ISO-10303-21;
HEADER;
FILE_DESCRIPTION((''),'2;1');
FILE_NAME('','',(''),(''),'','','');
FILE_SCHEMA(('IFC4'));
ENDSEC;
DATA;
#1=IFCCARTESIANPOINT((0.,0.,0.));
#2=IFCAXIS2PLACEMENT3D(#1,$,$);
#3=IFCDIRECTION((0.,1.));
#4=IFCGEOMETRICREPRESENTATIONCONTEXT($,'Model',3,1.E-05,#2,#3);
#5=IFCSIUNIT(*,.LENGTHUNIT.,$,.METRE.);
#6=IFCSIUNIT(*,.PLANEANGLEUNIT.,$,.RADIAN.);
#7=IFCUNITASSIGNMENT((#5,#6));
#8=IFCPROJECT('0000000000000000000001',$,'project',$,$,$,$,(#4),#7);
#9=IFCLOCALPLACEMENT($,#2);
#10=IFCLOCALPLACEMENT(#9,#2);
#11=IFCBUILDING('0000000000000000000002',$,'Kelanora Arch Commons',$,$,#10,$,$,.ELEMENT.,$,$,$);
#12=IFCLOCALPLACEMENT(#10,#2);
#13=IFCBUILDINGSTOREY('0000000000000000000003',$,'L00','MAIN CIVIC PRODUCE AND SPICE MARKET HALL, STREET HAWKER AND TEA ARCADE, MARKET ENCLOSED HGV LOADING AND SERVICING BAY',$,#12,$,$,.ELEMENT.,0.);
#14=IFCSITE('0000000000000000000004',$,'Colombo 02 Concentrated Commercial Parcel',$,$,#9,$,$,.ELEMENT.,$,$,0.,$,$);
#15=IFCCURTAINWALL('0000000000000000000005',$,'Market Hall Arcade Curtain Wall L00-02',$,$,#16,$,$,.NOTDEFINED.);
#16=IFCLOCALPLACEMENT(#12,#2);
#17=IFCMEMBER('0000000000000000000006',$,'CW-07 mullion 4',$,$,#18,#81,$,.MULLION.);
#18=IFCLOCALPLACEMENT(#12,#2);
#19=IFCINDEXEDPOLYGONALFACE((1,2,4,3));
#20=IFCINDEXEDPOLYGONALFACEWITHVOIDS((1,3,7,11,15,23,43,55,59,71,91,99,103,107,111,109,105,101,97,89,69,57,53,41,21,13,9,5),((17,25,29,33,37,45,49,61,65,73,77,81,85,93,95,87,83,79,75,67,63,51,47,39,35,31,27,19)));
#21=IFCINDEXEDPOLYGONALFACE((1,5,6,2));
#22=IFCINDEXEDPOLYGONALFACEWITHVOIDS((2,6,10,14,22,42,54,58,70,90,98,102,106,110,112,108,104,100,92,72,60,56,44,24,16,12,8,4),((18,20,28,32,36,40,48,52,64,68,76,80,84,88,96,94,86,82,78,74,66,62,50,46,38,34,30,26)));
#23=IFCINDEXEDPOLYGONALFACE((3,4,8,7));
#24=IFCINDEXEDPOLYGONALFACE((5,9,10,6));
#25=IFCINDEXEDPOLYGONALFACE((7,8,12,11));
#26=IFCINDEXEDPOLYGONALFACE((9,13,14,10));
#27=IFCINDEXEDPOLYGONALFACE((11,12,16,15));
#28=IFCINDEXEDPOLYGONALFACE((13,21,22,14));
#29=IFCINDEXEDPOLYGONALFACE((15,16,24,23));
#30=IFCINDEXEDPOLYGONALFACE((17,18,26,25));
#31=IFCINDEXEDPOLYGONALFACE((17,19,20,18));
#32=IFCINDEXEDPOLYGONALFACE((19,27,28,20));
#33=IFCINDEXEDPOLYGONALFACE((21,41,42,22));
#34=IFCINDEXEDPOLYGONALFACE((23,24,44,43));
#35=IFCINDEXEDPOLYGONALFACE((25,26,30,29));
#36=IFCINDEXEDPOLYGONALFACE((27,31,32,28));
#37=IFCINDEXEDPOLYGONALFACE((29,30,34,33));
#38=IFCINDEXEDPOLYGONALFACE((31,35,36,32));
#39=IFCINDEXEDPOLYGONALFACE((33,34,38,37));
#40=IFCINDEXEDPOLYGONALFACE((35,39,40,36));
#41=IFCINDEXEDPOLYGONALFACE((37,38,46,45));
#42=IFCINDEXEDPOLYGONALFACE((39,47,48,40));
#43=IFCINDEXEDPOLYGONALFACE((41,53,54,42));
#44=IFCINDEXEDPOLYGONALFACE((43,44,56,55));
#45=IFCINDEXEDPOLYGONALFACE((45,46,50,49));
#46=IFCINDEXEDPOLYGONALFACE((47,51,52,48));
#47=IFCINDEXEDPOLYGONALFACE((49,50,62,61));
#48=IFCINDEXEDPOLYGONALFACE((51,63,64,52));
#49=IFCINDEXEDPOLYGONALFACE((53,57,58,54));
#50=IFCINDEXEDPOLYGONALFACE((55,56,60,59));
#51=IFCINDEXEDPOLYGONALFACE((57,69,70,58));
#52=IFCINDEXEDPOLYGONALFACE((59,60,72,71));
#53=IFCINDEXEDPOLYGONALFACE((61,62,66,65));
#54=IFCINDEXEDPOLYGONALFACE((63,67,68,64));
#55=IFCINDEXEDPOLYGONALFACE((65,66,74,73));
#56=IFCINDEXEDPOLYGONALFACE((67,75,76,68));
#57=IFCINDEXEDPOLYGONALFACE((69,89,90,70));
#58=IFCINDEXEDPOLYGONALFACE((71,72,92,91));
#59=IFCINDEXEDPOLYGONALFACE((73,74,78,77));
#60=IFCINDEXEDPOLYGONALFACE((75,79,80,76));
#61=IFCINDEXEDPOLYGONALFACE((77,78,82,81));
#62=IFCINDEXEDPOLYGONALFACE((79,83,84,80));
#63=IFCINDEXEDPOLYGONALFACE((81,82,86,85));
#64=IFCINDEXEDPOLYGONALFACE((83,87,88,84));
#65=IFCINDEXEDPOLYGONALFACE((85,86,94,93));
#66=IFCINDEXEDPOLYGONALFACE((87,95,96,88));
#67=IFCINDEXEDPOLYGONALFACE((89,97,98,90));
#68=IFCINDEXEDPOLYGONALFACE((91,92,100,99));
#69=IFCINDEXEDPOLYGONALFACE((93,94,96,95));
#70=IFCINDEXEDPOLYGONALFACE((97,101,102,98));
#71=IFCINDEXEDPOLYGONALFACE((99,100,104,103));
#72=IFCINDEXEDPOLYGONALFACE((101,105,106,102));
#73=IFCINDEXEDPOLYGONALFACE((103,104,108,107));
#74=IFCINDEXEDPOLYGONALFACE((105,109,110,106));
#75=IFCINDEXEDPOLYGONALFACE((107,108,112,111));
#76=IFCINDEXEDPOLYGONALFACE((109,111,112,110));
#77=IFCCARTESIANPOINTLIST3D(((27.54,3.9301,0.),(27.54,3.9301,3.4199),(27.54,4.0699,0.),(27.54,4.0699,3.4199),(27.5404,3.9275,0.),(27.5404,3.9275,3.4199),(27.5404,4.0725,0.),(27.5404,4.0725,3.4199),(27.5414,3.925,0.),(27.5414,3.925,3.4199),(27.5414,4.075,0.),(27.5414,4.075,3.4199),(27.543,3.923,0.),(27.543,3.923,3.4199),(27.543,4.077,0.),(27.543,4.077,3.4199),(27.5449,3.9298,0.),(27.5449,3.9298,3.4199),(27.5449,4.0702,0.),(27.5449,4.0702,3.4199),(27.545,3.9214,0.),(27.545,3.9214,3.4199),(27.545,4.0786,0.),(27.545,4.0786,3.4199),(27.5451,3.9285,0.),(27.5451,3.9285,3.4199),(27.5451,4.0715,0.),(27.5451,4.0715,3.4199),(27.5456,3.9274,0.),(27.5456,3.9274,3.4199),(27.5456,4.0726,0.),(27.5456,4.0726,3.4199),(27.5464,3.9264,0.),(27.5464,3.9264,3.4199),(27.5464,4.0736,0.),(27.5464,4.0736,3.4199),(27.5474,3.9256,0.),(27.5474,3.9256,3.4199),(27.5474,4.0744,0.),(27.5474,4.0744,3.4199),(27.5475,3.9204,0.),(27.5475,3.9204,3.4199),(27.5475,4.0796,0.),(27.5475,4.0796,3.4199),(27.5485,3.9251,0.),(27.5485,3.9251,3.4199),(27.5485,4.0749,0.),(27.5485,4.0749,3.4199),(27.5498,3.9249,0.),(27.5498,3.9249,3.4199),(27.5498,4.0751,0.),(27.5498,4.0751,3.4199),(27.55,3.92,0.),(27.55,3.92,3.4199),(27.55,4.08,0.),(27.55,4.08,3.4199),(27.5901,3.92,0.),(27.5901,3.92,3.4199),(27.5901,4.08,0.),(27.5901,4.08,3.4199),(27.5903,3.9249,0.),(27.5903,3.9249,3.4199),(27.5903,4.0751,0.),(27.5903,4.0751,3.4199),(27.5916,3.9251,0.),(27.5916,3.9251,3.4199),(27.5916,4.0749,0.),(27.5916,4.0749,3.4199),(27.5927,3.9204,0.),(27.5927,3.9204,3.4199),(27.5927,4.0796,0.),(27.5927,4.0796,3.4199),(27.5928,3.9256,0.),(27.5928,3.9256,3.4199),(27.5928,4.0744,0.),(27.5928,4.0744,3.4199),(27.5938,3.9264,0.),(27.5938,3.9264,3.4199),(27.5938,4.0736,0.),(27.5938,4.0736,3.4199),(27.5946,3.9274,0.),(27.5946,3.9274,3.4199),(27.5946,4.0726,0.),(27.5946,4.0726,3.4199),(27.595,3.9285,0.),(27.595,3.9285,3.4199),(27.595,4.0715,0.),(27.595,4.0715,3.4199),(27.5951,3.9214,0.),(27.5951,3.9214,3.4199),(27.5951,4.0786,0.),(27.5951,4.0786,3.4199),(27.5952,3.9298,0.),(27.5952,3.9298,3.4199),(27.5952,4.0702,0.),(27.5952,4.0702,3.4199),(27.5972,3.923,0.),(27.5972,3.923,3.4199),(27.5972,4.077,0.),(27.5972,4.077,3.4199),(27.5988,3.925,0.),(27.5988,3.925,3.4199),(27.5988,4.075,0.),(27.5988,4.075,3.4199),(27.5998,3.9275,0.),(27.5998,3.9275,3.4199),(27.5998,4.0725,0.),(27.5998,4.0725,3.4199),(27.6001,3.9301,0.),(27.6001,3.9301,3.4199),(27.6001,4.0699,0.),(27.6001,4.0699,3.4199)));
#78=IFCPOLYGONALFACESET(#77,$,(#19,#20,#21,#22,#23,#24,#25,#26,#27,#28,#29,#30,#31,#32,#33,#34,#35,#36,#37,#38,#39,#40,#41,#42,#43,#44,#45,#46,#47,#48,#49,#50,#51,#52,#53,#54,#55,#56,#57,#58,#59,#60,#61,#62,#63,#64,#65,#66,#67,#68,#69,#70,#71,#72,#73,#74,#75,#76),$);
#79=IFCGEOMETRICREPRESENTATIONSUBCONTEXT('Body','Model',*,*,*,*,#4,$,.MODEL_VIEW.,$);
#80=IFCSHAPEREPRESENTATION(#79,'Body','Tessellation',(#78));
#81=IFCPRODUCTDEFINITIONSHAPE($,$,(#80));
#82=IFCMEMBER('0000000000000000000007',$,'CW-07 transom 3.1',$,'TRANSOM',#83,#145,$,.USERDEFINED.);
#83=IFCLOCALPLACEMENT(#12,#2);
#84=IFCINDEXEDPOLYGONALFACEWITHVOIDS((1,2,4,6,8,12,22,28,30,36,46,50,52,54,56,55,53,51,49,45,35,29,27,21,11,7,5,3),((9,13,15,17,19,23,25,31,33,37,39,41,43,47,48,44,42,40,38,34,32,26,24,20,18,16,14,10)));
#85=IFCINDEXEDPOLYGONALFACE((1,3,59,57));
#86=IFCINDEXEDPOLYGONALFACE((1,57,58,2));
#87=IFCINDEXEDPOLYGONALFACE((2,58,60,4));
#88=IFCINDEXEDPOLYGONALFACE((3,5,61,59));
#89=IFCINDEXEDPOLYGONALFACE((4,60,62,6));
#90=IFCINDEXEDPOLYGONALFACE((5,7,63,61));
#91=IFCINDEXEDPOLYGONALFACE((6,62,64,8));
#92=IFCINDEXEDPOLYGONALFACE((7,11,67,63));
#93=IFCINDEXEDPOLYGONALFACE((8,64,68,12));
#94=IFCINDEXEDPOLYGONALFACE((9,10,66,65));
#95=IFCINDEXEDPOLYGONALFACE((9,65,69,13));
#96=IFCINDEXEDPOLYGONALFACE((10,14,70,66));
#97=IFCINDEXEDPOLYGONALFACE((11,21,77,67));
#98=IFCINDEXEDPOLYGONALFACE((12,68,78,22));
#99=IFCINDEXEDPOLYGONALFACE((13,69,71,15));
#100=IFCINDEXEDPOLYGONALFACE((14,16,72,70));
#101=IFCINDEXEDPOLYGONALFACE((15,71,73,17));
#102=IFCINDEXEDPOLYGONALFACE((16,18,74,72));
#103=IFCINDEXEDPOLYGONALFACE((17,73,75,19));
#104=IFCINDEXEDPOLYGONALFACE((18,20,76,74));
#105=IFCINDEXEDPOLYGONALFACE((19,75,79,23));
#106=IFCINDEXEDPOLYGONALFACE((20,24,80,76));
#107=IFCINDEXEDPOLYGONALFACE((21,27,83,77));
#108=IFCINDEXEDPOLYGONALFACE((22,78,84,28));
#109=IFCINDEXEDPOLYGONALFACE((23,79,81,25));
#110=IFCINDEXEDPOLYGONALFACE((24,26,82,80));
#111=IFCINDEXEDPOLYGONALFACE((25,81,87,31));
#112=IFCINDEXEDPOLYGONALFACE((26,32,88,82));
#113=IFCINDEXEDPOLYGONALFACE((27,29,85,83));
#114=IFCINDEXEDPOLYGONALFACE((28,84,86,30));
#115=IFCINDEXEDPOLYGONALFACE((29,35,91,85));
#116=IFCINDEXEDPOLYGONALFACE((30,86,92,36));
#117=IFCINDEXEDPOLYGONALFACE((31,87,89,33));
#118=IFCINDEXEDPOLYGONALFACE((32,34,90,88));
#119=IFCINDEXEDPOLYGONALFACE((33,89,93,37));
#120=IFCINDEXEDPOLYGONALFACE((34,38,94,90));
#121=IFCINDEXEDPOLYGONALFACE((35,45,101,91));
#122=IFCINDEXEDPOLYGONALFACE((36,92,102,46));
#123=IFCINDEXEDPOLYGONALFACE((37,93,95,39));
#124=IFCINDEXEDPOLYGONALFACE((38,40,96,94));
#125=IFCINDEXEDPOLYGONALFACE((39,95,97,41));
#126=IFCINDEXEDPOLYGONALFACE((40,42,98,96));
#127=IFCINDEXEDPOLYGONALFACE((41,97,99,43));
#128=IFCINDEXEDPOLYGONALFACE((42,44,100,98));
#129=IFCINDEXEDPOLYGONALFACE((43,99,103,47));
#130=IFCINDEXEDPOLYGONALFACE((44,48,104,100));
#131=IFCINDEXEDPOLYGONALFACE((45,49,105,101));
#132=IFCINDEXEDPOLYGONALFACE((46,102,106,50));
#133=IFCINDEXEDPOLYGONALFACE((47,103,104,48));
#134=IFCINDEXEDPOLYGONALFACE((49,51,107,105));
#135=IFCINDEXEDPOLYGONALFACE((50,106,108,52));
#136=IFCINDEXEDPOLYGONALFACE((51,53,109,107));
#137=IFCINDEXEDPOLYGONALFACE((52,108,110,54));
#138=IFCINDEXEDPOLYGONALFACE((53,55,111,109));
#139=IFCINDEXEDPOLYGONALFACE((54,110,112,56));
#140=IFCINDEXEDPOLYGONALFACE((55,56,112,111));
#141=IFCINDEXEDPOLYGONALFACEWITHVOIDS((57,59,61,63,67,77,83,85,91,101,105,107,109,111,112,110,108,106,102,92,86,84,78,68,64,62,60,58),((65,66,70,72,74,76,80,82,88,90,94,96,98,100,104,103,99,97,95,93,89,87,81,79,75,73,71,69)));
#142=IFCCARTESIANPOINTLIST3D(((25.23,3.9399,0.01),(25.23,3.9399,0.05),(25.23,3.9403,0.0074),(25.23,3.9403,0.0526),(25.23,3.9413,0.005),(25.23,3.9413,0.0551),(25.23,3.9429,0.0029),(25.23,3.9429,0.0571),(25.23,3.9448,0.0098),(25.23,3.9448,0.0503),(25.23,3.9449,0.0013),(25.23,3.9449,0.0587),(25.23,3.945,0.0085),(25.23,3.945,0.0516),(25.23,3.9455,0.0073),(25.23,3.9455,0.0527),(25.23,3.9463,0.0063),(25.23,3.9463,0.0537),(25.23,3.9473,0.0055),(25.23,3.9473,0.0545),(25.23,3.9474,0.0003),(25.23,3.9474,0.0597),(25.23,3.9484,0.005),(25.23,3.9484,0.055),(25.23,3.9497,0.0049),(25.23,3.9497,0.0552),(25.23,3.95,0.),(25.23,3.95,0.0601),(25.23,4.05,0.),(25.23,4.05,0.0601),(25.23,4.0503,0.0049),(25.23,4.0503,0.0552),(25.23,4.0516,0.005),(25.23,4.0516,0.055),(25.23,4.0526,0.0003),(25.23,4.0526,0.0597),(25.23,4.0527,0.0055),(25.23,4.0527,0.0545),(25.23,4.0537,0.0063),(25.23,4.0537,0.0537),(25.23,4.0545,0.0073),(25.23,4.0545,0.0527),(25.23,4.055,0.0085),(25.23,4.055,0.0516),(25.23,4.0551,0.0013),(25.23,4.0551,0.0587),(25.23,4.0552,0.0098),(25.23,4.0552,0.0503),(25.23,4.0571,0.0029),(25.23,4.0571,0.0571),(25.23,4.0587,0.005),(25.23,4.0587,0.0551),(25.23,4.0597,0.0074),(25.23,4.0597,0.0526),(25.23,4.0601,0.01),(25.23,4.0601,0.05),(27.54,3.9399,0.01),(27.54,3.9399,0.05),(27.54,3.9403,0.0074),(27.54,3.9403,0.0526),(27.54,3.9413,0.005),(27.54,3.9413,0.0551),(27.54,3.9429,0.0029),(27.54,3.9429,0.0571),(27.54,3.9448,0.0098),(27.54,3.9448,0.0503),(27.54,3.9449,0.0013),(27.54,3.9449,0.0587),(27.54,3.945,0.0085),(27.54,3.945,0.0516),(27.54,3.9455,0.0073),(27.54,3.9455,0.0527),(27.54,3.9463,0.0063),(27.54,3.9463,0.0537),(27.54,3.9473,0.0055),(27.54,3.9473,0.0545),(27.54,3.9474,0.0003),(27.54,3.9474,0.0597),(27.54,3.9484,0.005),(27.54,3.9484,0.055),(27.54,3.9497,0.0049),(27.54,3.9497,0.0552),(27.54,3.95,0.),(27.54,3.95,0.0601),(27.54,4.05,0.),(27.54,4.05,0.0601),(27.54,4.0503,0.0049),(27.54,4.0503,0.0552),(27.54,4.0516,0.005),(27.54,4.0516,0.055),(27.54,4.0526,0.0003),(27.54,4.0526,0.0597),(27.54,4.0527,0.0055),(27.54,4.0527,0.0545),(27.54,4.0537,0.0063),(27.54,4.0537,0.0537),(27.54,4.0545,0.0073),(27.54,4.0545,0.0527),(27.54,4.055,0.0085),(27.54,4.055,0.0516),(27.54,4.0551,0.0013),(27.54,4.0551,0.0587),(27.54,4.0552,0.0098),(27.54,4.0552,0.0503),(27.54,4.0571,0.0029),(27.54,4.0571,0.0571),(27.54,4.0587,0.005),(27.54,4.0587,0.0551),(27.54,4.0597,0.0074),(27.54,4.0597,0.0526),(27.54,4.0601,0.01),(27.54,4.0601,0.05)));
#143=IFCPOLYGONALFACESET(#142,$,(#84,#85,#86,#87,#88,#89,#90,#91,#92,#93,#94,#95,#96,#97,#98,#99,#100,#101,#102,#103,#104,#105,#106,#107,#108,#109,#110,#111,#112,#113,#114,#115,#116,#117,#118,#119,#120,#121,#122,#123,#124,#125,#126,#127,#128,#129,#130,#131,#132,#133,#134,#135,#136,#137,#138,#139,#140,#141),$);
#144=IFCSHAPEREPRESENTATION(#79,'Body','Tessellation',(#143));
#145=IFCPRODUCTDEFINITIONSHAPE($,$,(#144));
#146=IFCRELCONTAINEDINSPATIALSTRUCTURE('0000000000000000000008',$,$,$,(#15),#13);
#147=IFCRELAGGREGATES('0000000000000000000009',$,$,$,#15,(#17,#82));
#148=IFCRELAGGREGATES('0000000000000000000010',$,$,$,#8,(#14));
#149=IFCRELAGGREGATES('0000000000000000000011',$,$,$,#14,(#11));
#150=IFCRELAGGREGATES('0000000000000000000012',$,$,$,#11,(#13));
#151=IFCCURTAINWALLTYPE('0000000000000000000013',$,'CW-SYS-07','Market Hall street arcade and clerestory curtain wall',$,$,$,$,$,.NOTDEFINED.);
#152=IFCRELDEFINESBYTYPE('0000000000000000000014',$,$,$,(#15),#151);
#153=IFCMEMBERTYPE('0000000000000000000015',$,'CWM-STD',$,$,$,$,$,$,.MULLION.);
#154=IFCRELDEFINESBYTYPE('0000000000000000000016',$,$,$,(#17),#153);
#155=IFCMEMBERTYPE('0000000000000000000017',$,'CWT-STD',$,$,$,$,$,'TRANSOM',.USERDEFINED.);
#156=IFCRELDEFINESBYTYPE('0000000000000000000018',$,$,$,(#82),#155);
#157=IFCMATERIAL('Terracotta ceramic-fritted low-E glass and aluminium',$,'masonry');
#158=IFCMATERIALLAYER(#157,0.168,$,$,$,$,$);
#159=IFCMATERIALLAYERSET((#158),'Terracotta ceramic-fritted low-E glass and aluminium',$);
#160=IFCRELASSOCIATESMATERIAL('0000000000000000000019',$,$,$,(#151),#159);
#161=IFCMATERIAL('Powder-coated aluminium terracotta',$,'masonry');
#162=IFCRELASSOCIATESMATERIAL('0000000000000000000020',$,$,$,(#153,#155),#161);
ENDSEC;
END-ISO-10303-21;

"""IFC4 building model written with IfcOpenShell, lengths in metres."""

from ifc_helpers import new_model, si_unit, direction, frame, origin, origin_2d, place, context, subcontext, project, spatial, hollow_rectangle, extrude, material, layer, layer_set, material_profile, profile_set, type_object, element, aggregate, save


model = new_model("IFC4")

# Units and contexts
model_context = context("Model", 3, precision=1e-05, world=origin(), true_north=direction((0.0, 1.0)))
body_context = subcontext(model_context, "Body", "Model", "MODEL_VIEW")
ifc_project = project(units=[si_unit("LENGTHUNIT", "METRE"), si_unit("PLANEANGLEUNIT", "RADIAN")], contexts=[model_context])

# Site, building, storey
site_placement = place(None, origin())
site = spatial("IfcSite", under=ifc_project, at=site_placement, Name="Colombo 02 Concentrated Commercial Parcel", CompositionType="ELEMENT", RefElevation=0.0)
building_placement = place(site_placement, origin())
building = spatial("IfcBuilding", under=site, at=building_placement, Name="Kelanora Arch Commons", CompositionType="ELEMENT")
storey_placement = place(building_placement, origin())
storey = spatial("IfcBuildingStorey", under=building, at=storey_placement, Name="L00", Description="MAIN CIVIC PRODUCE AND SPICE MARKET HALL, STREET HAWKER AND TEA ARCADE, MARKET ENCLOSED HGV LOADING AND SERVICING BAY", CompositionType="ELEMENT", Elevation=0.0)

# Curtain wall, members
ifc_material_1 = material(Name="Terracotta ceramic-fritted low-E glass and aluminium", Category="masonry")
ifc_layer_1 = layer(ifc_material_1, 0.168)
ifc_layer_set_1 = layer_set([ifc_layer_1], Name="Terracotta ceramic-fritted low-E glass and aluminium")
curtain_wall_type = type_object("IfcCurtainWallType", Name="CW-SYS-07", Description="Market Hall street arcade and clerestory curtain wall", PredefinedType="NOTDEFINED", material=ifc_layer_set_1)
curtain_wall_placement = place(storey_placement, origin())
curtain_wall = element("IfcCurtainWall", 1, at=curtain_wall_placement, inside=storey, type_object=curtain_wall_type, Name="Market Hall Arcade Curtain Wall L00-02", PredefinedType="NOTDEFINED")
ifc_material_2 = material(Name="Powder-coated aluminium terracotta", Category="masonry")
ifc_material_profile_1 = material_profile(ifc_material_2, hollow_rectangle(XDim=0.1599, YDim=0.0601, WallThickness=0.0049, InnerFilletRadius=0.0049, OuterFilletRadius=0.01, at=origin_2d()), Name="CWM160x60")
ifc_profile_set_1 = profile_set([ifc_material_profile_1], Name="Powder-coated aluminium terracotta")
member_type_1 = type_object("IfcMemberType", Name="CWM-STD", PredefinedType="MULLION", material=ifc_profile_set_1)
member_1_placement = place(storey_placement, frame((27.5701, 4.0, 0.0), z_axis=(0.0, 0.0, 1.0), x_axis=(0.0, 1.0, 0.0)))
member_1 = element("IfcMember", 2, at=member_1_placement, type_object=member_type_1, Name="CW-07 mullion 4", PredefinedType="MULLION", context=body_context, shape_type="SweptSolid", body=[
    extrude(hollow_rectangle(XDim=0.1599, YDim=0.0601, WallThickness=0.0049, InnerFilletRadius=0.0049, OuterFilletRadius=0.01, at=origin_2d()), origin(), (0.0, 0.0, 1.0), 3.4199),
])
ifc_material_profile_2 = material_profile(ifc_material_2, hollow_rectangle(XDim=0.1201, YDim=0.0601, WallThickness=0.0049, InnerFilletRadius=0.0049, OuterFilletRadius=0.01, at=origin_2d()), Name="CWT120x60")
ifc_profile_set_2 = profile_set([ifc_material_profile_2], Name="Powder-coated aluminium terracotta")
member_type_2 = type_object("IfcMemberType", Name="CWT-STD", ElementType="TRANSOM", PredefinedType="USERDEFINED", material=ifc_profile_set_2)
member_2_placement = place(storey_placement, frame((25.23, 4.0, 0.03), z_axis=(1.0, 0.0, 0.0), x_axis=(0.0, 1.0, 0.0)))
member_2 = element("IfcMember", 3, at=member_2_placement, type_object=member_type_2, Name="CW-07 transom 3.1", ObjectType="TRANSOM", PredefinedType="USERDEFINED", context=body_context, shape_type="SweptSolid", body=[
    extrude(hollow_rectangle(XDim=0.1201, YDim=0.0601, WallThickness=0.0049, InnerFilletRadius=0.0049, OuterFilletRadius=0.01, at=origin_2d()), origin(), (0.0, 0.0, 1.0), 2.3101),
])
aggregate(curtain_wall, [member_1, member_2])

save(model, "model.ifc")
